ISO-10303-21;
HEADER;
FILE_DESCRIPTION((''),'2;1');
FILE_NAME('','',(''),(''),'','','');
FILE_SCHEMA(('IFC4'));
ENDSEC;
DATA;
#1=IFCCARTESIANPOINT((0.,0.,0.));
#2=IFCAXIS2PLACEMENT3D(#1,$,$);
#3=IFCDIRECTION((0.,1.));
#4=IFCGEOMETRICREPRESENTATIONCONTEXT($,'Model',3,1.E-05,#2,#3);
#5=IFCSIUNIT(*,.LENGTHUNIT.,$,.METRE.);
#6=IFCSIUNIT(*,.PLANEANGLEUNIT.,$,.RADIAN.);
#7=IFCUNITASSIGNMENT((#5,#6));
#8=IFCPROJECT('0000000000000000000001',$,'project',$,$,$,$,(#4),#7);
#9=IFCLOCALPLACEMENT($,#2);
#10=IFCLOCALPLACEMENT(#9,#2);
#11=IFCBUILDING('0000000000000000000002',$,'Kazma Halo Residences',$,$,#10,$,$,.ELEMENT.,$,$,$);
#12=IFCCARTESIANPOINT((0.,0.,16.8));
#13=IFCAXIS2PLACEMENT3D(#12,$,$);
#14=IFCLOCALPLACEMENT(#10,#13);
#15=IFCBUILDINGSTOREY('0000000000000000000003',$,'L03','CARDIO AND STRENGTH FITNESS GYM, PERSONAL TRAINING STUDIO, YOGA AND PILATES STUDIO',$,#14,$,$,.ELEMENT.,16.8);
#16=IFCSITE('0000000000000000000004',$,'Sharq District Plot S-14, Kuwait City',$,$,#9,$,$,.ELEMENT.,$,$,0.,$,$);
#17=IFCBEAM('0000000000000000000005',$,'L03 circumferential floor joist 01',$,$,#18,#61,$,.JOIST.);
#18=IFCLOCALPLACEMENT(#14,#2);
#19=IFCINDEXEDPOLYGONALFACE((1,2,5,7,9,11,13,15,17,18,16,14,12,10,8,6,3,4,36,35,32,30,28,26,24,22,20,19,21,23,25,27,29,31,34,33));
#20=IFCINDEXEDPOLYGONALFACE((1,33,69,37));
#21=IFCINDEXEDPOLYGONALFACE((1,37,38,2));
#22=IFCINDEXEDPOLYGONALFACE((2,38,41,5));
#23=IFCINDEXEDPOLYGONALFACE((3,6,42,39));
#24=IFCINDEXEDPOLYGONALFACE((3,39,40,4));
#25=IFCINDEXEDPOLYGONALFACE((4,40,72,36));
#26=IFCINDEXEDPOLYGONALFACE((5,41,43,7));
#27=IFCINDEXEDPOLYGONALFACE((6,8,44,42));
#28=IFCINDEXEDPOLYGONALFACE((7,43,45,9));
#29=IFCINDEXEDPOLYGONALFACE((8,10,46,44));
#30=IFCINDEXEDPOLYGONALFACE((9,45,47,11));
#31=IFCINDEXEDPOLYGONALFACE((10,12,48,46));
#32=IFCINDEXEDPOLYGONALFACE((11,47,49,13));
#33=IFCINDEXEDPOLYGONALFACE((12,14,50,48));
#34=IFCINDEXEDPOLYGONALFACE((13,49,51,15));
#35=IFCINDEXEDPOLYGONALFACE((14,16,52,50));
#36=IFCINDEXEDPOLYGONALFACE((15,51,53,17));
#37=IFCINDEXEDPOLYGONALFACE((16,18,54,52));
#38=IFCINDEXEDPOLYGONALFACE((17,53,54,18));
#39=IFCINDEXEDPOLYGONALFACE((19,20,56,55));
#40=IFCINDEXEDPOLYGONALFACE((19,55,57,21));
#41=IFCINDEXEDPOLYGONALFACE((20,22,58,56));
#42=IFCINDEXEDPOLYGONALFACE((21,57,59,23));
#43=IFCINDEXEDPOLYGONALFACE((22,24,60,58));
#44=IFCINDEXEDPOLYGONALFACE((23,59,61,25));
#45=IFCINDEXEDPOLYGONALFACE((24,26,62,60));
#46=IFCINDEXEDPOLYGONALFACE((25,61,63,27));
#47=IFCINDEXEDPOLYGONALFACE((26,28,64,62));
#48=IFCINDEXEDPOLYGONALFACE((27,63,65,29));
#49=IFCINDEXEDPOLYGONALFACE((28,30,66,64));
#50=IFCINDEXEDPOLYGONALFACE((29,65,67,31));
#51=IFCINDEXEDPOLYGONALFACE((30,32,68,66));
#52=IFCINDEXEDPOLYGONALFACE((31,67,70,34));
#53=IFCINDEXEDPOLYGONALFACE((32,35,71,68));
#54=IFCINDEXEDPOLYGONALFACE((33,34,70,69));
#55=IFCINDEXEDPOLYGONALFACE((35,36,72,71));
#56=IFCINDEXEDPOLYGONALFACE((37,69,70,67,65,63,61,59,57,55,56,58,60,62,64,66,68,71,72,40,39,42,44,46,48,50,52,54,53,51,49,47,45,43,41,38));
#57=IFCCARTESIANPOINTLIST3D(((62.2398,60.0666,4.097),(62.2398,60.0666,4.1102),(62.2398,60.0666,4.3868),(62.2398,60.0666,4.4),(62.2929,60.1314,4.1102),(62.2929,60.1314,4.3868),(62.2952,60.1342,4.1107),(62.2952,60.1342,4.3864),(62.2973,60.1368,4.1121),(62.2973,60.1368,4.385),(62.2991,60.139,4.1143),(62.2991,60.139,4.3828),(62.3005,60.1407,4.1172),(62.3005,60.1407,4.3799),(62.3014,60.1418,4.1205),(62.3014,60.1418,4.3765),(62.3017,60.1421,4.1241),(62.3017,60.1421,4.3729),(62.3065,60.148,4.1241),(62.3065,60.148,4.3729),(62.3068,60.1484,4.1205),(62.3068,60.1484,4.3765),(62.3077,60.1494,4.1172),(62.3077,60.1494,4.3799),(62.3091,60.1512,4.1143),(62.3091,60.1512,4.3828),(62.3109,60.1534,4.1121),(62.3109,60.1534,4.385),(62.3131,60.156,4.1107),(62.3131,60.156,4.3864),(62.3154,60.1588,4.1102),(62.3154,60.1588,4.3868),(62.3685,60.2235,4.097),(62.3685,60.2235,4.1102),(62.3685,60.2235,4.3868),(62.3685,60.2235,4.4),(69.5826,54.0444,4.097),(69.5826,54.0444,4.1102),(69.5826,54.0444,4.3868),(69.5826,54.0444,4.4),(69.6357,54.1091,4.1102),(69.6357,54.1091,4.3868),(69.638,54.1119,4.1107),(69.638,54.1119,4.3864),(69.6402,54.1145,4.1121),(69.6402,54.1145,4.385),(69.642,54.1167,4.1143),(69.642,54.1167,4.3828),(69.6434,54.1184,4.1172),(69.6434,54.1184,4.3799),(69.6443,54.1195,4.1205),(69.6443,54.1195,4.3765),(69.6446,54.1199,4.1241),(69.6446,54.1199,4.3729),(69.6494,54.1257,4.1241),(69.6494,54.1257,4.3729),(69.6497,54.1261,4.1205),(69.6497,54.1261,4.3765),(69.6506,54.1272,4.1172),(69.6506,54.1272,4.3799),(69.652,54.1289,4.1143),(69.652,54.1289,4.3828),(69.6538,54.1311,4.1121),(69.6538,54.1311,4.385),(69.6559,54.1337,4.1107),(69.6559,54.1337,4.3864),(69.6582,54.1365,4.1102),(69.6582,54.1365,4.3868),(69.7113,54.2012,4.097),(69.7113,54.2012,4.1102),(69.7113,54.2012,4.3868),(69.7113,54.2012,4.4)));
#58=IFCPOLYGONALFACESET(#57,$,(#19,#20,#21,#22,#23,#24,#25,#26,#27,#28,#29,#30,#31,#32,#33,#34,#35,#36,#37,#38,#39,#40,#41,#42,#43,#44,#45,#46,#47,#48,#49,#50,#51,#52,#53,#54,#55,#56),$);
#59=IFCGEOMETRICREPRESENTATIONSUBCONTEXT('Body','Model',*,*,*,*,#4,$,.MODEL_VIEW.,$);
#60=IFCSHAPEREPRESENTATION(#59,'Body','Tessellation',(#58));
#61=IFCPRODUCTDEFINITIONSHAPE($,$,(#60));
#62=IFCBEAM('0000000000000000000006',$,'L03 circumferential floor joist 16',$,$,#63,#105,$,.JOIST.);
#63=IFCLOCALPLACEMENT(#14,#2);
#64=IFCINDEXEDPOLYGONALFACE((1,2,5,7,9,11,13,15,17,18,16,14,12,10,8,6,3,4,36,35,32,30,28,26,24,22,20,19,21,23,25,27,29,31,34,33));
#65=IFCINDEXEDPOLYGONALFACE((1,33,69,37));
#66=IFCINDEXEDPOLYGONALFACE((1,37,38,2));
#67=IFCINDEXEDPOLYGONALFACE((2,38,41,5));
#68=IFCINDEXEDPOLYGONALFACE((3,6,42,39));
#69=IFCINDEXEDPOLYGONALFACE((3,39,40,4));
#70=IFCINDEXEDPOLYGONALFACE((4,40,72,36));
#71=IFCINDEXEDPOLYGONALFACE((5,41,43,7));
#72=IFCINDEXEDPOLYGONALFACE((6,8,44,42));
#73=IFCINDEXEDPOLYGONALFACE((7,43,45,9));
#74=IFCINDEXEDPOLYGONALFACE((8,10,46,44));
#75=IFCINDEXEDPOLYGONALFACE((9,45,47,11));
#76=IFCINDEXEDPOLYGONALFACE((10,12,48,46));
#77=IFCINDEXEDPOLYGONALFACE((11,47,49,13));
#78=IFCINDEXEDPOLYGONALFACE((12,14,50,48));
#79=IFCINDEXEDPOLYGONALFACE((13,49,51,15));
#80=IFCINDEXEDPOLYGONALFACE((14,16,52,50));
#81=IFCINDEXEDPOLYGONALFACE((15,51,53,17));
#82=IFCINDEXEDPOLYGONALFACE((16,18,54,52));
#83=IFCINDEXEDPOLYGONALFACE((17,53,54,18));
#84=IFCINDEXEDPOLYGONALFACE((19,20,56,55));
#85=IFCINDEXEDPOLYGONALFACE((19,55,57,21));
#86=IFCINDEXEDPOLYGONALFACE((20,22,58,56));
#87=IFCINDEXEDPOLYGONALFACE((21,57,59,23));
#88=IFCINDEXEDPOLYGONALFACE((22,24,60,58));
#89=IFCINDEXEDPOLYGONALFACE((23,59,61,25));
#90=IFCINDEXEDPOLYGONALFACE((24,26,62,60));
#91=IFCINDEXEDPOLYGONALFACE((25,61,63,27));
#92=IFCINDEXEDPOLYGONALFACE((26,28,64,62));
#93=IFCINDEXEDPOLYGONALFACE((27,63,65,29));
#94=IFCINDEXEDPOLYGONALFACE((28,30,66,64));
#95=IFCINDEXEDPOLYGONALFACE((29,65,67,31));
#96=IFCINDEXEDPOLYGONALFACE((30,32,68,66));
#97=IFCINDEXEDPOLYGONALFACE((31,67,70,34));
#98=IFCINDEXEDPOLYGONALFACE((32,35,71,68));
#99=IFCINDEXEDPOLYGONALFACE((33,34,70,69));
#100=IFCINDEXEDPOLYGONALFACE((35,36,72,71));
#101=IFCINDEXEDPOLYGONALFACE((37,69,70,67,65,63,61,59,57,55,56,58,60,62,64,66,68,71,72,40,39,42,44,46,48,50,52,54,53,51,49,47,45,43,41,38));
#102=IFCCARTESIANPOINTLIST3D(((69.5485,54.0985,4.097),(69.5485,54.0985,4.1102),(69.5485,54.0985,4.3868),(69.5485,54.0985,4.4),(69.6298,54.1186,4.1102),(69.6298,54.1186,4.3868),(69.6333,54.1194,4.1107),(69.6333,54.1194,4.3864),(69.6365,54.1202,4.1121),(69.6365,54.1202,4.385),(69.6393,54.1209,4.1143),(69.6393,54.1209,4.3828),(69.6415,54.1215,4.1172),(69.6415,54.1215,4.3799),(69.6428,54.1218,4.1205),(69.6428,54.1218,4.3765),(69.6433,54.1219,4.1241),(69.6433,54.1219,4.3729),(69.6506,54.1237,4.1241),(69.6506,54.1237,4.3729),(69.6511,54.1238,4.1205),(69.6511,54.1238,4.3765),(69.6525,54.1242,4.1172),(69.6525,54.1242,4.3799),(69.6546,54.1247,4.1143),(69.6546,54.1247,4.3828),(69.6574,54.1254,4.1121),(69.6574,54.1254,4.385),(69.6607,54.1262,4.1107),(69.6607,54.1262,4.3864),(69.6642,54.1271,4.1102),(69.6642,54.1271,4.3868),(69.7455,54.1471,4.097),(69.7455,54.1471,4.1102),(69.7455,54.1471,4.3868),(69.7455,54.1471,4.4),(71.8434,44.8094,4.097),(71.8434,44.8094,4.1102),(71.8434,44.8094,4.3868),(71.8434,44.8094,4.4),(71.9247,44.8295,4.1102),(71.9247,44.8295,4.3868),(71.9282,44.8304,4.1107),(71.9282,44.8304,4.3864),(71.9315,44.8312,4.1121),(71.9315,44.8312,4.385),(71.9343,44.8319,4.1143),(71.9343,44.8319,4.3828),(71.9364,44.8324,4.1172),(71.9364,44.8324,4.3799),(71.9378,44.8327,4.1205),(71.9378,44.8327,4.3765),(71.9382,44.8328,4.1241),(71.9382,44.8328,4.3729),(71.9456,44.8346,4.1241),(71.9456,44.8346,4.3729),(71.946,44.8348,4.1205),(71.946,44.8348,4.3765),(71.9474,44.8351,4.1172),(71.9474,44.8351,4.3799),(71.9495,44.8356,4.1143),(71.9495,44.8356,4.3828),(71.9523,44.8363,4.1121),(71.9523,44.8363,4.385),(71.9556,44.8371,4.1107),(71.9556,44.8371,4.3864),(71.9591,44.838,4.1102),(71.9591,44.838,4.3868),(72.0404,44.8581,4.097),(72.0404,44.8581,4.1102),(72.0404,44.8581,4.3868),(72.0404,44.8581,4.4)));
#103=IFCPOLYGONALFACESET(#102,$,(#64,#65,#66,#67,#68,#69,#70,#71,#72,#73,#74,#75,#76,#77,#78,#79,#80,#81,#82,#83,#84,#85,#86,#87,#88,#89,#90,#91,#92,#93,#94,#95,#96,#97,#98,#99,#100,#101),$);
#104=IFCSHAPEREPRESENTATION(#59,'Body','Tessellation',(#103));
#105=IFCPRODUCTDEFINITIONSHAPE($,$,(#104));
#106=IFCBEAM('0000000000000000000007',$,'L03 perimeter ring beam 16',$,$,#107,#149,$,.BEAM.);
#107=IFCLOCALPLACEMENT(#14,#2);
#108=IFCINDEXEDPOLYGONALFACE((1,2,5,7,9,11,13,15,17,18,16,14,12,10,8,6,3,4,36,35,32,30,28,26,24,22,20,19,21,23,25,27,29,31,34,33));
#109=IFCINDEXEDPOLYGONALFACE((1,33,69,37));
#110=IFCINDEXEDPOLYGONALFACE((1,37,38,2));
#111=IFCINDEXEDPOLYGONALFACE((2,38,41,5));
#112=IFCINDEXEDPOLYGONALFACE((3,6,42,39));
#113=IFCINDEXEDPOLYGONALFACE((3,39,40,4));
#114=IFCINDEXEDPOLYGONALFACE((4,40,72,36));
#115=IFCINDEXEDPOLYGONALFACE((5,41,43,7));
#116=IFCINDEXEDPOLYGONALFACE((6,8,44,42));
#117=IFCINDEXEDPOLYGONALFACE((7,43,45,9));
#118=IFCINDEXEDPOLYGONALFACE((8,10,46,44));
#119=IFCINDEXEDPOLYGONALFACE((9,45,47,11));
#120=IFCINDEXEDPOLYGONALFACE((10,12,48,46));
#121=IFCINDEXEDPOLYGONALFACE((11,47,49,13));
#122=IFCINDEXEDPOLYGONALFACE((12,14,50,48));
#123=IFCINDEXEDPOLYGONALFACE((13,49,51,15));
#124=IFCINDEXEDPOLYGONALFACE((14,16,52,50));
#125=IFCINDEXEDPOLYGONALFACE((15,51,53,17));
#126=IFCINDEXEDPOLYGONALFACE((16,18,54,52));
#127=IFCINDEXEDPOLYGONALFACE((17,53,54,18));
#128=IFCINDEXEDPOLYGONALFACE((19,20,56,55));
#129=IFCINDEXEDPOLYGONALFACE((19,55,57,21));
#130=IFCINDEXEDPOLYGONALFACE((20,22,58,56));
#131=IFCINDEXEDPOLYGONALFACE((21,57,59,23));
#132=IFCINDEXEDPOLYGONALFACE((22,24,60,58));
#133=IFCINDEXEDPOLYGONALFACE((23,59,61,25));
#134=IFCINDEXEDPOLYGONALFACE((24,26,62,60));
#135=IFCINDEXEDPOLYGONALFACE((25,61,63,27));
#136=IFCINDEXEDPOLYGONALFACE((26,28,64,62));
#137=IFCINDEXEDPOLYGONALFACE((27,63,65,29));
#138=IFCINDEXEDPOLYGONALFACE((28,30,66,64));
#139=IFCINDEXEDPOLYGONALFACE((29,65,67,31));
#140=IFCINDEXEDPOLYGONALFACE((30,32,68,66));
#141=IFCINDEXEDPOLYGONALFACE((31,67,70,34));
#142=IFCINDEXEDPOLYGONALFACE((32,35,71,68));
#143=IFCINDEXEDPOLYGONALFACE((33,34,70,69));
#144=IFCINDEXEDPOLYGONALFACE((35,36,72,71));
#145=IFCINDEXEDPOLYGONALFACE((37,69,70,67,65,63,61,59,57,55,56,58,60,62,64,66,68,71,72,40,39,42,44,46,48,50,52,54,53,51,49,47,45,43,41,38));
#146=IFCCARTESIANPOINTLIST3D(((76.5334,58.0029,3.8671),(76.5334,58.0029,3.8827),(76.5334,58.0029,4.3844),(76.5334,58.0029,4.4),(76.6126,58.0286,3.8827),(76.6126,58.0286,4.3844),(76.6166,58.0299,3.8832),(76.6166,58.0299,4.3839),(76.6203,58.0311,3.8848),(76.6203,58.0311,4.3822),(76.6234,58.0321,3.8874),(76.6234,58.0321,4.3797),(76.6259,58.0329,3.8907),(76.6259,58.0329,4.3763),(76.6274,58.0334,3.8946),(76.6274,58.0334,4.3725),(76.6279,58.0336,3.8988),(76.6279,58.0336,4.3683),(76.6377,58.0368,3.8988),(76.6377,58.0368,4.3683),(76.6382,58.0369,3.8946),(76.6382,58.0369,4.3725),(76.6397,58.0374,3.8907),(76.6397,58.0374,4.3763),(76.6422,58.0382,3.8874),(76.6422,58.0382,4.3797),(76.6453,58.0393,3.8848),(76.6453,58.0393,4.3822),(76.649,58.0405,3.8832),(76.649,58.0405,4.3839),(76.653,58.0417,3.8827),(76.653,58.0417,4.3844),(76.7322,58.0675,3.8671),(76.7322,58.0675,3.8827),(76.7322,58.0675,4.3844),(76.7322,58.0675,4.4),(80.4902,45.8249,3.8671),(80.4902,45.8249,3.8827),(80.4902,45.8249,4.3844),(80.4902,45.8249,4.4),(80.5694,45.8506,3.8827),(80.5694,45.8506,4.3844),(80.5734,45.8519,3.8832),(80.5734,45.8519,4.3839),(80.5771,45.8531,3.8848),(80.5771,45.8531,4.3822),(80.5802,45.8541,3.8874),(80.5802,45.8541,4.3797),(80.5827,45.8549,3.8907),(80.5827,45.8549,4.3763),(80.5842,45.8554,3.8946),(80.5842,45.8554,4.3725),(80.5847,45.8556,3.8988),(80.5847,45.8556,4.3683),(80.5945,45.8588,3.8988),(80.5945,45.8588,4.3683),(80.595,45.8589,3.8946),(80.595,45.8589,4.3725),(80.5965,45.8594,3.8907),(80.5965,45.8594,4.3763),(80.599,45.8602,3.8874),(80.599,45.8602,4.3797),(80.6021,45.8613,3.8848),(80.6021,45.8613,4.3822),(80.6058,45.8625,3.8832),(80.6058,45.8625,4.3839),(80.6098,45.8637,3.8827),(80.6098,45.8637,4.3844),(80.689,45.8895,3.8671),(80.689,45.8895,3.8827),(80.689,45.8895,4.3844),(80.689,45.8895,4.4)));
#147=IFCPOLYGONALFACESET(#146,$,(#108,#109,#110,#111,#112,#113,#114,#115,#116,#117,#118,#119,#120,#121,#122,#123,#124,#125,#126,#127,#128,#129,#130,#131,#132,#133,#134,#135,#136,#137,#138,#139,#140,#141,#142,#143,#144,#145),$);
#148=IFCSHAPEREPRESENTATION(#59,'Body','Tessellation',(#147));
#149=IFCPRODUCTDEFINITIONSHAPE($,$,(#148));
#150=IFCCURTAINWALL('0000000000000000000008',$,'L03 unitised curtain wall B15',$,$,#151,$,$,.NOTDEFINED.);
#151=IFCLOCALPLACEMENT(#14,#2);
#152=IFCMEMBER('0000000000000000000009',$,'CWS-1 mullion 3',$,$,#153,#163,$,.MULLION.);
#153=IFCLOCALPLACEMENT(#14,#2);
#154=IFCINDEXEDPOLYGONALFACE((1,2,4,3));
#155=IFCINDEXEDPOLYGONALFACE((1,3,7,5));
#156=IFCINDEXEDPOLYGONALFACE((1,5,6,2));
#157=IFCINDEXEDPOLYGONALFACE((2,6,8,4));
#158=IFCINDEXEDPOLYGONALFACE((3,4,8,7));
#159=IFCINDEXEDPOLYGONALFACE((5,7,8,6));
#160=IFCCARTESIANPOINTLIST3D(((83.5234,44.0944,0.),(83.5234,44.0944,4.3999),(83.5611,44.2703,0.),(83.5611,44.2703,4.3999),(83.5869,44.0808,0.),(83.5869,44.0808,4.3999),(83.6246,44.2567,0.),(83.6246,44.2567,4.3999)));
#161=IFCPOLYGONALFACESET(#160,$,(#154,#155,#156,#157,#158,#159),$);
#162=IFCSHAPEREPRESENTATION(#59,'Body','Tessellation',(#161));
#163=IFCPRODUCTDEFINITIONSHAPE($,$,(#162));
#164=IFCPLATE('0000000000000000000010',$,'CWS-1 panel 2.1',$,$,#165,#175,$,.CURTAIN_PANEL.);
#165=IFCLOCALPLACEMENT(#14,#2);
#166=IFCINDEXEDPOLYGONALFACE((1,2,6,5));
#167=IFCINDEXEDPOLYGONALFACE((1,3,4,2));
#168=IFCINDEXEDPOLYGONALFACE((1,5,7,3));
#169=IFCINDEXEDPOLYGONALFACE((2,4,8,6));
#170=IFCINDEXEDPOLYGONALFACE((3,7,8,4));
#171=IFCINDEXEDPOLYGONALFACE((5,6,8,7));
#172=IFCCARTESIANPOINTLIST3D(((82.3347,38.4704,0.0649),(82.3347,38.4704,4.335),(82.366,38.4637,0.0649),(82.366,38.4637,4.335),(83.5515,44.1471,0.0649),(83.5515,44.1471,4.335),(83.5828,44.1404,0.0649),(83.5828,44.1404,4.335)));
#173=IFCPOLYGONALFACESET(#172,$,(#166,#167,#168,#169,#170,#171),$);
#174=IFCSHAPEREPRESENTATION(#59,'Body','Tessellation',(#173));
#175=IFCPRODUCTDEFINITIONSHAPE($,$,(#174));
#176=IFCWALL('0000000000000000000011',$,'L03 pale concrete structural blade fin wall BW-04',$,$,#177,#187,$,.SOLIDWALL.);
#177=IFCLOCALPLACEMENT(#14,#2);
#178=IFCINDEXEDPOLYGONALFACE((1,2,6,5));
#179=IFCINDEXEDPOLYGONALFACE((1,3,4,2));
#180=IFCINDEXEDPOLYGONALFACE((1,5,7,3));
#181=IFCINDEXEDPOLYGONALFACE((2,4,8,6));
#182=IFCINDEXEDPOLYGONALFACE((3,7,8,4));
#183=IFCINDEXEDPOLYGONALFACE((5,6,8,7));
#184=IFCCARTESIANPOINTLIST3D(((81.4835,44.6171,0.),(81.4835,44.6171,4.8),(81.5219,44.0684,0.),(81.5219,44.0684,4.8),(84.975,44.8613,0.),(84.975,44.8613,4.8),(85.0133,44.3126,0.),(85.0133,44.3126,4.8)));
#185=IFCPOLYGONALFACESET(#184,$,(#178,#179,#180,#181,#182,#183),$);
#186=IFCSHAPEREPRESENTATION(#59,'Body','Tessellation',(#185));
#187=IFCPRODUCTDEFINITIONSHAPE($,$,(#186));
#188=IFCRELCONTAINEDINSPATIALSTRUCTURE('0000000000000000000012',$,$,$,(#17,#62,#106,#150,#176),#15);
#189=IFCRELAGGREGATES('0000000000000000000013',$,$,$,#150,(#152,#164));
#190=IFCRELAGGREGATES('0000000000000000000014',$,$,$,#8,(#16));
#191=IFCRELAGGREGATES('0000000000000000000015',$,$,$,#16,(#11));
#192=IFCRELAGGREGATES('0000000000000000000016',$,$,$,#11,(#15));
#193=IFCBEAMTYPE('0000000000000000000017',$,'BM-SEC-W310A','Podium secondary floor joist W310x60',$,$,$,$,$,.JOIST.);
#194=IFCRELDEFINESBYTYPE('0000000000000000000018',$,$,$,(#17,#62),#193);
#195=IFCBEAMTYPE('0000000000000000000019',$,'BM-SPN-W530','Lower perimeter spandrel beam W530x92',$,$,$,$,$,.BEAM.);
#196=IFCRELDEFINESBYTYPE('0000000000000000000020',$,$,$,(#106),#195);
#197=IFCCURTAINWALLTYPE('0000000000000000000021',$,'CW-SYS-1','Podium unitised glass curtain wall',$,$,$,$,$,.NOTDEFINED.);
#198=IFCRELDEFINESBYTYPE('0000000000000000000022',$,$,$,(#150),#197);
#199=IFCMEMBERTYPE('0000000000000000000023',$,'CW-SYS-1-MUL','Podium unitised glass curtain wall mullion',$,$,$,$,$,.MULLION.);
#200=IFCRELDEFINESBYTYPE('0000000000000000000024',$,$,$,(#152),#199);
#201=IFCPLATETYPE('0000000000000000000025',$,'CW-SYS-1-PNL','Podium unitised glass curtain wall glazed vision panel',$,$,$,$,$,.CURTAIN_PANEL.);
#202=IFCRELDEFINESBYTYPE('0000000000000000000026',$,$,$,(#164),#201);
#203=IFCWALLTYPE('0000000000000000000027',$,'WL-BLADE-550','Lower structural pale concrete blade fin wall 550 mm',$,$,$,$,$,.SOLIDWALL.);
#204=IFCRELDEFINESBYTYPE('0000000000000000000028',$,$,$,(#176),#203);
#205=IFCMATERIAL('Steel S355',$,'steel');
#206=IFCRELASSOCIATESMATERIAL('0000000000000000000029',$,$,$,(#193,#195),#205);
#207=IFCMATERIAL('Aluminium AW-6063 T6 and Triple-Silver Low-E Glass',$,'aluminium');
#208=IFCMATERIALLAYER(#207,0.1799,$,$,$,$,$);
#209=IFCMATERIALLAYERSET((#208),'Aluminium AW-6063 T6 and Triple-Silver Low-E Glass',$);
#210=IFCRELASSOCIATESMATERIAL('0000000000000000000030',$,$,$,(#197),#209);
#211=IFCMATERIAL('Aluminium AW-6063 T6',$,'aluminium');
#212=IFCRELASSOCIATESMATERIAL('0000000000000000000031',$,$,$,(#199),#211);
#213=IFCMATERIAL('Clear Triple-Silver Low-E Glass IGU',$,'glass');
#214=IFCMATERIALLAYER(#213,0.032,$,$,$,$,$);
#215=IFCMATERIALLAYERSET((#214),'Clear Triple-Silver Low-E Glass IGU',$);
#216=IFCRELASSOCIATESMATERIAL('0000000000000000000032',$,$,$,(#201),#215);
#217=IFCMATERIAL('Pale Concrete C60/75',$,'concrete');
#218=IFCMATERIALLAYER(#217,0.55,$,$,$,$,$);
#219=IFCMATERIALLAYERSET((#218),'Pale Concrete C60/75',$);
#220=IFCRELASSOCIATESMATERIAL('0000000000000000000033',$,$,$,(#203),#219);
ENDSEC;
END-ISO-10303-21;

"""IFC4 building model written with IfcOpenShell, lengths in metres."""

from ifc_helpers import new_model, si_unit, direction, frame, frame_2d, origin, origin_2d, place, context, subcontext, project, spatial, rectangle, i_section, extrude, material, layer, layer_set, material_profile, profile_set, type_object, element, aggregate, save


model = new_model("IFC4")

# Units and contexts
model_context = context("Model", 3, precision=1e-05, world=origin(), true_north=direction((0.0, 1.0)))
body_context = subcontext(model_context, "Body", "Model", "MODEL_VIEW")
ifc_project = project(units=[si_unit("LENGTHUNIT", "METRE"), si_unit("PLANEANGLEUNIT", "RADIAN")], contexts=[model_context])

# Site, building, storey
site_placement = place(None, origin())
site = spatial("IfcSite", under=ifc_project, at=site_placement, Name="Sharq District Plot S-14, Kuwait City", CompositionType="ELEMENT", RefElevation=0.0)
building_placement = place(site_placement, origin())
building = spatial("IfcBuilding", under=site, at=building_placement, Name="Kazma Halo Residences", CompositionType="ELEMENT")
storey_placement = place(building_placement, frame((0.0, 0.0, 16.8)))
storey = spatial("IfcBuildingStorey", under=building, at=storey_placement, Name="L03", Description="CARDIO AND STRENGTH FITNESS GYM, PERSONAL TRAINING STUDIO, YOGA AND PILATES STUDIO", CompositionType="ELEMENT", Elevation=16.8)

# Beams
ifc_material_1 = material(Name="Steel S355", Category="steel")
ifc_material_profile_1 = material_profile(ifc_material_1, i_section(OverallWidth=0.2029, OverallDepth=0.303, WebThickness=0.0076, FlangeThickness=0.0132, FilletRadius=0.0139, at=origin_2d()), Name="W310x60")
ifc_profile_set_1 = profile_set([ifc_material_profile_1], Name="Steel S355")
beam_type_1 = type_object("IfcBeamType", Name="BM-SEC-W310A", Description="Podium secondary floor joist W310x60", PredefinedType="JOIST", material=ifc_profile_set_1)
beam_1_placement = place(storey_placement, frame((69.647, 54.1228, 4.2485), z_axis=(-0.773209, 0.634152, 0.0), x_axis=(-0.634152, -0.773209, 0.0)))
element("IfcBeam", 1, at=beam_1_placement, inside=storey, type_object=beam_type_1, Name="L03 circumferential floor joist 01", PredefinedType="JOIST", context=body_context, shape_type="SweptSolid", body=[
    extrude(i_section(OverallWidth=0.2029, OverallDepth=0.303, WebThickness=0.0076, FlangeThickness=0.0132, FilletRadius=0.0139, at=origin_2d()), origin(), (0.0, 0.0, 1.0), 9.4966),
])
beam_2_placement = place(storey_placement, frame((71.9419, 44.8337, 4.2485), z_axis=(-0.239845, 0.970811, 0.0), x_axis=(-0.970811, -0.239845, 0.0)))
element("IfcBeam", 2, at=beam_2_placement, inside=storey, type_object=beam_type_1, Name="L03 circumferential floor joist 16", PredefinedType="JOIST", context=body_context, shape_type="SweptSolid", body=[
    extrude(i_section(OverallWidth=0.2029, OverallDepth=0.303, WebThickness=0.0076, FlangeThickness=0.0132, FilletRadius=0.0139, at=origin_2d()), origin(), (0.0, 0.0, 1.0), 9.5684),
])
ifc_material_profile_2 = material_profile(ifc_material_1, i_section(OverallWidth=0.209, OverallDepth=0.533, WebThickness=0.0103, FlangeThickness=0.0156, FilletRadius=0.0161, at=origin_2d()), Name="W530x92")
ifc_profile_set_2 = profile_set([ifc_material_profile_2], Name="Steel S355")
beam_type_2 = type_object("IfcBeamType", Name="BM-SPN-W530", Description="Lower perimeter spandrel beam W530x92", PredefinedType="BEAM", material=ifc_profile_set_2)
beam_3_placement = place(storey_placement, frame((80.5896, 45.8572, 4.1335), z_axis=(-0.309011, 0.951058, 0.0), x_axis=(-0.951058, -0.309011, 0.0)))
element("IfcBeam", 3, at=beam_3_placement, inside=storey, type_object=beam_type_2, Name="L03 perimeter ring beam 16", PredefinedType="BEAM", context=body_context, shape_type="SweptSolid", body=[
    extrude(i_section(OverallWidth=0.209, OverallDepth=0.533, WebThickness=0.0103, FlangeThickness=0.0156, FilletRadius=0.0161, at=origin_2d()), origin(), (0.0, 0.0, 1.0), 12.8047),
])

# Curtain wall, member, plate
ifc_material_2 = material(Name="Aluminium AW-6063 T6 and Triple-Silver Low-E Glass", Category="aluminium")
ifc_layer_1 = layer(ifc_material_2, 0.1799)
ifc_layer_set_1 = layer_set([ifc_layer_1], Name="Aluminium AW-6063 T6 and Triple-Silver Low-E Glass")
curtain_wall_type = type_object("IfcCurtainWallType", Name="CW-SYS-1", Description="Podium unitised glass curtain wall", PredefinedType="NOTDEFINED", material=ifc_layer_set_1)
curtain_wall_placement = place(storey_placement, origin())
curtain_wall = element("IfcCurtainWall", 4, at=curtain_wall_placement, inside=storey, type_object=curtain_wall_type, Name="L03 unitised curtain wall B15", PredefinedType="NOTDEFINED")
ifc_material_3 = material(Name="Aluminium AW-6063 T6", Category="aluminium")
ifc_material_profile_3 = material_profile(ifc_material_3, rectangle(XDim=0.0649, YDim=0.1799, at=origin_2d()), Name="CWM-65x180")
ifc_profile_set_3 = profile_set([ifc_material_profile_3], Name="Aluminium AW-6063 T6")
member_type = type_object("IfcMemberType", Name="CW-SYS-1-MUL", Description="Podium unitised glass curtain wall mullion", PredefinedType="MULLION", material=ifc_profile_set_3)
member_placement = place(storey_placement, frame((83.574, 44.1755, 0.0), z_axis=(0.0, 0.0, 1.0), x_axis=(-0.977788, 0.209596, 0.0)))
member = element("IfcMember", 5, at=member_placement, type_object=member_type, Name="CWS-1 mullion 3", PredefinedType="MULLION", context=body_context, shape_type="SweptSolid", body=[
    extrude(rectangle(XDim=0.0649, YDim=0.1799, at=origin_2d()), origin(), (0.0, 0.0, 1.0), 4.3999),
])
ifc_material_4 = material(Name="Clear Triple-Silver Low-E Glass IGU", Category="glass")
ifc_layer_2 = layer(ifc_material_4, 0.032)
ifc_layer_set_2 = layer_set([ifc_layer_2], Name="Clear Triple-Silver Low-E Glass IGU")
plate_type = type_object("IfcPlateType", Name="CW-SYS-1-PNL", Description="Podium unitised glass curtain wall glazed vision panel", PredefinedType="CURTAIN_PANEL", material=ifc_layer_set_2)
plate_placement = place(storey_placement, frame((82.9587, 41.3054, 0.0649), z_axis=(0.0, 0.0, 1.0), x_axis=(0.209596, 0.977788, 0.0)))
plate = element("IfcPlate", 6, at=plate_placement, type_object=plate_type, Name="CWS-1 panel 2.1", PredefinedType="CURTAIN_PANEL", context=body_context, shape_type="SweptSolid", body=[
    extrude(rectangle(XDim=5.8057, YDim=0.032, at=origin_2d()), origin(), (0.0, 0.0, 1.0), 4.27),
])
aggregate(curtain_wall, [member, plate])

# Wall
ifc_material_5 = material(Name="Pale Concrete C60/75", Category="concrete")
ifc_layer_3 = layer(ifc_material_5, 0.55)
ifc_layer_set_3 = layer_set([ifc_layer_3], Name="Pale Concrete C60/75")
wall_type_1 = type_object("IfcWallType", Name="WL-BLADE-550", Description="Lower structural pale concrete blade fin wall 550 mm", PredefinedType="SOLIDWALL", material=ifc_layer_set_3)
wall_1_placement = place(storey_placement, frame((81.5027, 44.3428, 0.0), z_axis=(0.0, 0.0, 1.0), x_axis=(0.997564, 0.069755, 0.0)))
element("IfcWall", 7, at=wall_1_placement, inside=storey, type_object=wall_type_1, Name="L03 pale concrete structural blade fin wall BW-04", PredefinedType="SOLIDWALL", context=body_context, shape_type="SweptSolid", body=[
    extrude(rectangle(XDim=3.5, YDim=0.55, at=frame_2d((1.75, 0.0))), origin(), (0.0, 0.0, 1.0), 4.8),
])

save(model, "model.ifc")
